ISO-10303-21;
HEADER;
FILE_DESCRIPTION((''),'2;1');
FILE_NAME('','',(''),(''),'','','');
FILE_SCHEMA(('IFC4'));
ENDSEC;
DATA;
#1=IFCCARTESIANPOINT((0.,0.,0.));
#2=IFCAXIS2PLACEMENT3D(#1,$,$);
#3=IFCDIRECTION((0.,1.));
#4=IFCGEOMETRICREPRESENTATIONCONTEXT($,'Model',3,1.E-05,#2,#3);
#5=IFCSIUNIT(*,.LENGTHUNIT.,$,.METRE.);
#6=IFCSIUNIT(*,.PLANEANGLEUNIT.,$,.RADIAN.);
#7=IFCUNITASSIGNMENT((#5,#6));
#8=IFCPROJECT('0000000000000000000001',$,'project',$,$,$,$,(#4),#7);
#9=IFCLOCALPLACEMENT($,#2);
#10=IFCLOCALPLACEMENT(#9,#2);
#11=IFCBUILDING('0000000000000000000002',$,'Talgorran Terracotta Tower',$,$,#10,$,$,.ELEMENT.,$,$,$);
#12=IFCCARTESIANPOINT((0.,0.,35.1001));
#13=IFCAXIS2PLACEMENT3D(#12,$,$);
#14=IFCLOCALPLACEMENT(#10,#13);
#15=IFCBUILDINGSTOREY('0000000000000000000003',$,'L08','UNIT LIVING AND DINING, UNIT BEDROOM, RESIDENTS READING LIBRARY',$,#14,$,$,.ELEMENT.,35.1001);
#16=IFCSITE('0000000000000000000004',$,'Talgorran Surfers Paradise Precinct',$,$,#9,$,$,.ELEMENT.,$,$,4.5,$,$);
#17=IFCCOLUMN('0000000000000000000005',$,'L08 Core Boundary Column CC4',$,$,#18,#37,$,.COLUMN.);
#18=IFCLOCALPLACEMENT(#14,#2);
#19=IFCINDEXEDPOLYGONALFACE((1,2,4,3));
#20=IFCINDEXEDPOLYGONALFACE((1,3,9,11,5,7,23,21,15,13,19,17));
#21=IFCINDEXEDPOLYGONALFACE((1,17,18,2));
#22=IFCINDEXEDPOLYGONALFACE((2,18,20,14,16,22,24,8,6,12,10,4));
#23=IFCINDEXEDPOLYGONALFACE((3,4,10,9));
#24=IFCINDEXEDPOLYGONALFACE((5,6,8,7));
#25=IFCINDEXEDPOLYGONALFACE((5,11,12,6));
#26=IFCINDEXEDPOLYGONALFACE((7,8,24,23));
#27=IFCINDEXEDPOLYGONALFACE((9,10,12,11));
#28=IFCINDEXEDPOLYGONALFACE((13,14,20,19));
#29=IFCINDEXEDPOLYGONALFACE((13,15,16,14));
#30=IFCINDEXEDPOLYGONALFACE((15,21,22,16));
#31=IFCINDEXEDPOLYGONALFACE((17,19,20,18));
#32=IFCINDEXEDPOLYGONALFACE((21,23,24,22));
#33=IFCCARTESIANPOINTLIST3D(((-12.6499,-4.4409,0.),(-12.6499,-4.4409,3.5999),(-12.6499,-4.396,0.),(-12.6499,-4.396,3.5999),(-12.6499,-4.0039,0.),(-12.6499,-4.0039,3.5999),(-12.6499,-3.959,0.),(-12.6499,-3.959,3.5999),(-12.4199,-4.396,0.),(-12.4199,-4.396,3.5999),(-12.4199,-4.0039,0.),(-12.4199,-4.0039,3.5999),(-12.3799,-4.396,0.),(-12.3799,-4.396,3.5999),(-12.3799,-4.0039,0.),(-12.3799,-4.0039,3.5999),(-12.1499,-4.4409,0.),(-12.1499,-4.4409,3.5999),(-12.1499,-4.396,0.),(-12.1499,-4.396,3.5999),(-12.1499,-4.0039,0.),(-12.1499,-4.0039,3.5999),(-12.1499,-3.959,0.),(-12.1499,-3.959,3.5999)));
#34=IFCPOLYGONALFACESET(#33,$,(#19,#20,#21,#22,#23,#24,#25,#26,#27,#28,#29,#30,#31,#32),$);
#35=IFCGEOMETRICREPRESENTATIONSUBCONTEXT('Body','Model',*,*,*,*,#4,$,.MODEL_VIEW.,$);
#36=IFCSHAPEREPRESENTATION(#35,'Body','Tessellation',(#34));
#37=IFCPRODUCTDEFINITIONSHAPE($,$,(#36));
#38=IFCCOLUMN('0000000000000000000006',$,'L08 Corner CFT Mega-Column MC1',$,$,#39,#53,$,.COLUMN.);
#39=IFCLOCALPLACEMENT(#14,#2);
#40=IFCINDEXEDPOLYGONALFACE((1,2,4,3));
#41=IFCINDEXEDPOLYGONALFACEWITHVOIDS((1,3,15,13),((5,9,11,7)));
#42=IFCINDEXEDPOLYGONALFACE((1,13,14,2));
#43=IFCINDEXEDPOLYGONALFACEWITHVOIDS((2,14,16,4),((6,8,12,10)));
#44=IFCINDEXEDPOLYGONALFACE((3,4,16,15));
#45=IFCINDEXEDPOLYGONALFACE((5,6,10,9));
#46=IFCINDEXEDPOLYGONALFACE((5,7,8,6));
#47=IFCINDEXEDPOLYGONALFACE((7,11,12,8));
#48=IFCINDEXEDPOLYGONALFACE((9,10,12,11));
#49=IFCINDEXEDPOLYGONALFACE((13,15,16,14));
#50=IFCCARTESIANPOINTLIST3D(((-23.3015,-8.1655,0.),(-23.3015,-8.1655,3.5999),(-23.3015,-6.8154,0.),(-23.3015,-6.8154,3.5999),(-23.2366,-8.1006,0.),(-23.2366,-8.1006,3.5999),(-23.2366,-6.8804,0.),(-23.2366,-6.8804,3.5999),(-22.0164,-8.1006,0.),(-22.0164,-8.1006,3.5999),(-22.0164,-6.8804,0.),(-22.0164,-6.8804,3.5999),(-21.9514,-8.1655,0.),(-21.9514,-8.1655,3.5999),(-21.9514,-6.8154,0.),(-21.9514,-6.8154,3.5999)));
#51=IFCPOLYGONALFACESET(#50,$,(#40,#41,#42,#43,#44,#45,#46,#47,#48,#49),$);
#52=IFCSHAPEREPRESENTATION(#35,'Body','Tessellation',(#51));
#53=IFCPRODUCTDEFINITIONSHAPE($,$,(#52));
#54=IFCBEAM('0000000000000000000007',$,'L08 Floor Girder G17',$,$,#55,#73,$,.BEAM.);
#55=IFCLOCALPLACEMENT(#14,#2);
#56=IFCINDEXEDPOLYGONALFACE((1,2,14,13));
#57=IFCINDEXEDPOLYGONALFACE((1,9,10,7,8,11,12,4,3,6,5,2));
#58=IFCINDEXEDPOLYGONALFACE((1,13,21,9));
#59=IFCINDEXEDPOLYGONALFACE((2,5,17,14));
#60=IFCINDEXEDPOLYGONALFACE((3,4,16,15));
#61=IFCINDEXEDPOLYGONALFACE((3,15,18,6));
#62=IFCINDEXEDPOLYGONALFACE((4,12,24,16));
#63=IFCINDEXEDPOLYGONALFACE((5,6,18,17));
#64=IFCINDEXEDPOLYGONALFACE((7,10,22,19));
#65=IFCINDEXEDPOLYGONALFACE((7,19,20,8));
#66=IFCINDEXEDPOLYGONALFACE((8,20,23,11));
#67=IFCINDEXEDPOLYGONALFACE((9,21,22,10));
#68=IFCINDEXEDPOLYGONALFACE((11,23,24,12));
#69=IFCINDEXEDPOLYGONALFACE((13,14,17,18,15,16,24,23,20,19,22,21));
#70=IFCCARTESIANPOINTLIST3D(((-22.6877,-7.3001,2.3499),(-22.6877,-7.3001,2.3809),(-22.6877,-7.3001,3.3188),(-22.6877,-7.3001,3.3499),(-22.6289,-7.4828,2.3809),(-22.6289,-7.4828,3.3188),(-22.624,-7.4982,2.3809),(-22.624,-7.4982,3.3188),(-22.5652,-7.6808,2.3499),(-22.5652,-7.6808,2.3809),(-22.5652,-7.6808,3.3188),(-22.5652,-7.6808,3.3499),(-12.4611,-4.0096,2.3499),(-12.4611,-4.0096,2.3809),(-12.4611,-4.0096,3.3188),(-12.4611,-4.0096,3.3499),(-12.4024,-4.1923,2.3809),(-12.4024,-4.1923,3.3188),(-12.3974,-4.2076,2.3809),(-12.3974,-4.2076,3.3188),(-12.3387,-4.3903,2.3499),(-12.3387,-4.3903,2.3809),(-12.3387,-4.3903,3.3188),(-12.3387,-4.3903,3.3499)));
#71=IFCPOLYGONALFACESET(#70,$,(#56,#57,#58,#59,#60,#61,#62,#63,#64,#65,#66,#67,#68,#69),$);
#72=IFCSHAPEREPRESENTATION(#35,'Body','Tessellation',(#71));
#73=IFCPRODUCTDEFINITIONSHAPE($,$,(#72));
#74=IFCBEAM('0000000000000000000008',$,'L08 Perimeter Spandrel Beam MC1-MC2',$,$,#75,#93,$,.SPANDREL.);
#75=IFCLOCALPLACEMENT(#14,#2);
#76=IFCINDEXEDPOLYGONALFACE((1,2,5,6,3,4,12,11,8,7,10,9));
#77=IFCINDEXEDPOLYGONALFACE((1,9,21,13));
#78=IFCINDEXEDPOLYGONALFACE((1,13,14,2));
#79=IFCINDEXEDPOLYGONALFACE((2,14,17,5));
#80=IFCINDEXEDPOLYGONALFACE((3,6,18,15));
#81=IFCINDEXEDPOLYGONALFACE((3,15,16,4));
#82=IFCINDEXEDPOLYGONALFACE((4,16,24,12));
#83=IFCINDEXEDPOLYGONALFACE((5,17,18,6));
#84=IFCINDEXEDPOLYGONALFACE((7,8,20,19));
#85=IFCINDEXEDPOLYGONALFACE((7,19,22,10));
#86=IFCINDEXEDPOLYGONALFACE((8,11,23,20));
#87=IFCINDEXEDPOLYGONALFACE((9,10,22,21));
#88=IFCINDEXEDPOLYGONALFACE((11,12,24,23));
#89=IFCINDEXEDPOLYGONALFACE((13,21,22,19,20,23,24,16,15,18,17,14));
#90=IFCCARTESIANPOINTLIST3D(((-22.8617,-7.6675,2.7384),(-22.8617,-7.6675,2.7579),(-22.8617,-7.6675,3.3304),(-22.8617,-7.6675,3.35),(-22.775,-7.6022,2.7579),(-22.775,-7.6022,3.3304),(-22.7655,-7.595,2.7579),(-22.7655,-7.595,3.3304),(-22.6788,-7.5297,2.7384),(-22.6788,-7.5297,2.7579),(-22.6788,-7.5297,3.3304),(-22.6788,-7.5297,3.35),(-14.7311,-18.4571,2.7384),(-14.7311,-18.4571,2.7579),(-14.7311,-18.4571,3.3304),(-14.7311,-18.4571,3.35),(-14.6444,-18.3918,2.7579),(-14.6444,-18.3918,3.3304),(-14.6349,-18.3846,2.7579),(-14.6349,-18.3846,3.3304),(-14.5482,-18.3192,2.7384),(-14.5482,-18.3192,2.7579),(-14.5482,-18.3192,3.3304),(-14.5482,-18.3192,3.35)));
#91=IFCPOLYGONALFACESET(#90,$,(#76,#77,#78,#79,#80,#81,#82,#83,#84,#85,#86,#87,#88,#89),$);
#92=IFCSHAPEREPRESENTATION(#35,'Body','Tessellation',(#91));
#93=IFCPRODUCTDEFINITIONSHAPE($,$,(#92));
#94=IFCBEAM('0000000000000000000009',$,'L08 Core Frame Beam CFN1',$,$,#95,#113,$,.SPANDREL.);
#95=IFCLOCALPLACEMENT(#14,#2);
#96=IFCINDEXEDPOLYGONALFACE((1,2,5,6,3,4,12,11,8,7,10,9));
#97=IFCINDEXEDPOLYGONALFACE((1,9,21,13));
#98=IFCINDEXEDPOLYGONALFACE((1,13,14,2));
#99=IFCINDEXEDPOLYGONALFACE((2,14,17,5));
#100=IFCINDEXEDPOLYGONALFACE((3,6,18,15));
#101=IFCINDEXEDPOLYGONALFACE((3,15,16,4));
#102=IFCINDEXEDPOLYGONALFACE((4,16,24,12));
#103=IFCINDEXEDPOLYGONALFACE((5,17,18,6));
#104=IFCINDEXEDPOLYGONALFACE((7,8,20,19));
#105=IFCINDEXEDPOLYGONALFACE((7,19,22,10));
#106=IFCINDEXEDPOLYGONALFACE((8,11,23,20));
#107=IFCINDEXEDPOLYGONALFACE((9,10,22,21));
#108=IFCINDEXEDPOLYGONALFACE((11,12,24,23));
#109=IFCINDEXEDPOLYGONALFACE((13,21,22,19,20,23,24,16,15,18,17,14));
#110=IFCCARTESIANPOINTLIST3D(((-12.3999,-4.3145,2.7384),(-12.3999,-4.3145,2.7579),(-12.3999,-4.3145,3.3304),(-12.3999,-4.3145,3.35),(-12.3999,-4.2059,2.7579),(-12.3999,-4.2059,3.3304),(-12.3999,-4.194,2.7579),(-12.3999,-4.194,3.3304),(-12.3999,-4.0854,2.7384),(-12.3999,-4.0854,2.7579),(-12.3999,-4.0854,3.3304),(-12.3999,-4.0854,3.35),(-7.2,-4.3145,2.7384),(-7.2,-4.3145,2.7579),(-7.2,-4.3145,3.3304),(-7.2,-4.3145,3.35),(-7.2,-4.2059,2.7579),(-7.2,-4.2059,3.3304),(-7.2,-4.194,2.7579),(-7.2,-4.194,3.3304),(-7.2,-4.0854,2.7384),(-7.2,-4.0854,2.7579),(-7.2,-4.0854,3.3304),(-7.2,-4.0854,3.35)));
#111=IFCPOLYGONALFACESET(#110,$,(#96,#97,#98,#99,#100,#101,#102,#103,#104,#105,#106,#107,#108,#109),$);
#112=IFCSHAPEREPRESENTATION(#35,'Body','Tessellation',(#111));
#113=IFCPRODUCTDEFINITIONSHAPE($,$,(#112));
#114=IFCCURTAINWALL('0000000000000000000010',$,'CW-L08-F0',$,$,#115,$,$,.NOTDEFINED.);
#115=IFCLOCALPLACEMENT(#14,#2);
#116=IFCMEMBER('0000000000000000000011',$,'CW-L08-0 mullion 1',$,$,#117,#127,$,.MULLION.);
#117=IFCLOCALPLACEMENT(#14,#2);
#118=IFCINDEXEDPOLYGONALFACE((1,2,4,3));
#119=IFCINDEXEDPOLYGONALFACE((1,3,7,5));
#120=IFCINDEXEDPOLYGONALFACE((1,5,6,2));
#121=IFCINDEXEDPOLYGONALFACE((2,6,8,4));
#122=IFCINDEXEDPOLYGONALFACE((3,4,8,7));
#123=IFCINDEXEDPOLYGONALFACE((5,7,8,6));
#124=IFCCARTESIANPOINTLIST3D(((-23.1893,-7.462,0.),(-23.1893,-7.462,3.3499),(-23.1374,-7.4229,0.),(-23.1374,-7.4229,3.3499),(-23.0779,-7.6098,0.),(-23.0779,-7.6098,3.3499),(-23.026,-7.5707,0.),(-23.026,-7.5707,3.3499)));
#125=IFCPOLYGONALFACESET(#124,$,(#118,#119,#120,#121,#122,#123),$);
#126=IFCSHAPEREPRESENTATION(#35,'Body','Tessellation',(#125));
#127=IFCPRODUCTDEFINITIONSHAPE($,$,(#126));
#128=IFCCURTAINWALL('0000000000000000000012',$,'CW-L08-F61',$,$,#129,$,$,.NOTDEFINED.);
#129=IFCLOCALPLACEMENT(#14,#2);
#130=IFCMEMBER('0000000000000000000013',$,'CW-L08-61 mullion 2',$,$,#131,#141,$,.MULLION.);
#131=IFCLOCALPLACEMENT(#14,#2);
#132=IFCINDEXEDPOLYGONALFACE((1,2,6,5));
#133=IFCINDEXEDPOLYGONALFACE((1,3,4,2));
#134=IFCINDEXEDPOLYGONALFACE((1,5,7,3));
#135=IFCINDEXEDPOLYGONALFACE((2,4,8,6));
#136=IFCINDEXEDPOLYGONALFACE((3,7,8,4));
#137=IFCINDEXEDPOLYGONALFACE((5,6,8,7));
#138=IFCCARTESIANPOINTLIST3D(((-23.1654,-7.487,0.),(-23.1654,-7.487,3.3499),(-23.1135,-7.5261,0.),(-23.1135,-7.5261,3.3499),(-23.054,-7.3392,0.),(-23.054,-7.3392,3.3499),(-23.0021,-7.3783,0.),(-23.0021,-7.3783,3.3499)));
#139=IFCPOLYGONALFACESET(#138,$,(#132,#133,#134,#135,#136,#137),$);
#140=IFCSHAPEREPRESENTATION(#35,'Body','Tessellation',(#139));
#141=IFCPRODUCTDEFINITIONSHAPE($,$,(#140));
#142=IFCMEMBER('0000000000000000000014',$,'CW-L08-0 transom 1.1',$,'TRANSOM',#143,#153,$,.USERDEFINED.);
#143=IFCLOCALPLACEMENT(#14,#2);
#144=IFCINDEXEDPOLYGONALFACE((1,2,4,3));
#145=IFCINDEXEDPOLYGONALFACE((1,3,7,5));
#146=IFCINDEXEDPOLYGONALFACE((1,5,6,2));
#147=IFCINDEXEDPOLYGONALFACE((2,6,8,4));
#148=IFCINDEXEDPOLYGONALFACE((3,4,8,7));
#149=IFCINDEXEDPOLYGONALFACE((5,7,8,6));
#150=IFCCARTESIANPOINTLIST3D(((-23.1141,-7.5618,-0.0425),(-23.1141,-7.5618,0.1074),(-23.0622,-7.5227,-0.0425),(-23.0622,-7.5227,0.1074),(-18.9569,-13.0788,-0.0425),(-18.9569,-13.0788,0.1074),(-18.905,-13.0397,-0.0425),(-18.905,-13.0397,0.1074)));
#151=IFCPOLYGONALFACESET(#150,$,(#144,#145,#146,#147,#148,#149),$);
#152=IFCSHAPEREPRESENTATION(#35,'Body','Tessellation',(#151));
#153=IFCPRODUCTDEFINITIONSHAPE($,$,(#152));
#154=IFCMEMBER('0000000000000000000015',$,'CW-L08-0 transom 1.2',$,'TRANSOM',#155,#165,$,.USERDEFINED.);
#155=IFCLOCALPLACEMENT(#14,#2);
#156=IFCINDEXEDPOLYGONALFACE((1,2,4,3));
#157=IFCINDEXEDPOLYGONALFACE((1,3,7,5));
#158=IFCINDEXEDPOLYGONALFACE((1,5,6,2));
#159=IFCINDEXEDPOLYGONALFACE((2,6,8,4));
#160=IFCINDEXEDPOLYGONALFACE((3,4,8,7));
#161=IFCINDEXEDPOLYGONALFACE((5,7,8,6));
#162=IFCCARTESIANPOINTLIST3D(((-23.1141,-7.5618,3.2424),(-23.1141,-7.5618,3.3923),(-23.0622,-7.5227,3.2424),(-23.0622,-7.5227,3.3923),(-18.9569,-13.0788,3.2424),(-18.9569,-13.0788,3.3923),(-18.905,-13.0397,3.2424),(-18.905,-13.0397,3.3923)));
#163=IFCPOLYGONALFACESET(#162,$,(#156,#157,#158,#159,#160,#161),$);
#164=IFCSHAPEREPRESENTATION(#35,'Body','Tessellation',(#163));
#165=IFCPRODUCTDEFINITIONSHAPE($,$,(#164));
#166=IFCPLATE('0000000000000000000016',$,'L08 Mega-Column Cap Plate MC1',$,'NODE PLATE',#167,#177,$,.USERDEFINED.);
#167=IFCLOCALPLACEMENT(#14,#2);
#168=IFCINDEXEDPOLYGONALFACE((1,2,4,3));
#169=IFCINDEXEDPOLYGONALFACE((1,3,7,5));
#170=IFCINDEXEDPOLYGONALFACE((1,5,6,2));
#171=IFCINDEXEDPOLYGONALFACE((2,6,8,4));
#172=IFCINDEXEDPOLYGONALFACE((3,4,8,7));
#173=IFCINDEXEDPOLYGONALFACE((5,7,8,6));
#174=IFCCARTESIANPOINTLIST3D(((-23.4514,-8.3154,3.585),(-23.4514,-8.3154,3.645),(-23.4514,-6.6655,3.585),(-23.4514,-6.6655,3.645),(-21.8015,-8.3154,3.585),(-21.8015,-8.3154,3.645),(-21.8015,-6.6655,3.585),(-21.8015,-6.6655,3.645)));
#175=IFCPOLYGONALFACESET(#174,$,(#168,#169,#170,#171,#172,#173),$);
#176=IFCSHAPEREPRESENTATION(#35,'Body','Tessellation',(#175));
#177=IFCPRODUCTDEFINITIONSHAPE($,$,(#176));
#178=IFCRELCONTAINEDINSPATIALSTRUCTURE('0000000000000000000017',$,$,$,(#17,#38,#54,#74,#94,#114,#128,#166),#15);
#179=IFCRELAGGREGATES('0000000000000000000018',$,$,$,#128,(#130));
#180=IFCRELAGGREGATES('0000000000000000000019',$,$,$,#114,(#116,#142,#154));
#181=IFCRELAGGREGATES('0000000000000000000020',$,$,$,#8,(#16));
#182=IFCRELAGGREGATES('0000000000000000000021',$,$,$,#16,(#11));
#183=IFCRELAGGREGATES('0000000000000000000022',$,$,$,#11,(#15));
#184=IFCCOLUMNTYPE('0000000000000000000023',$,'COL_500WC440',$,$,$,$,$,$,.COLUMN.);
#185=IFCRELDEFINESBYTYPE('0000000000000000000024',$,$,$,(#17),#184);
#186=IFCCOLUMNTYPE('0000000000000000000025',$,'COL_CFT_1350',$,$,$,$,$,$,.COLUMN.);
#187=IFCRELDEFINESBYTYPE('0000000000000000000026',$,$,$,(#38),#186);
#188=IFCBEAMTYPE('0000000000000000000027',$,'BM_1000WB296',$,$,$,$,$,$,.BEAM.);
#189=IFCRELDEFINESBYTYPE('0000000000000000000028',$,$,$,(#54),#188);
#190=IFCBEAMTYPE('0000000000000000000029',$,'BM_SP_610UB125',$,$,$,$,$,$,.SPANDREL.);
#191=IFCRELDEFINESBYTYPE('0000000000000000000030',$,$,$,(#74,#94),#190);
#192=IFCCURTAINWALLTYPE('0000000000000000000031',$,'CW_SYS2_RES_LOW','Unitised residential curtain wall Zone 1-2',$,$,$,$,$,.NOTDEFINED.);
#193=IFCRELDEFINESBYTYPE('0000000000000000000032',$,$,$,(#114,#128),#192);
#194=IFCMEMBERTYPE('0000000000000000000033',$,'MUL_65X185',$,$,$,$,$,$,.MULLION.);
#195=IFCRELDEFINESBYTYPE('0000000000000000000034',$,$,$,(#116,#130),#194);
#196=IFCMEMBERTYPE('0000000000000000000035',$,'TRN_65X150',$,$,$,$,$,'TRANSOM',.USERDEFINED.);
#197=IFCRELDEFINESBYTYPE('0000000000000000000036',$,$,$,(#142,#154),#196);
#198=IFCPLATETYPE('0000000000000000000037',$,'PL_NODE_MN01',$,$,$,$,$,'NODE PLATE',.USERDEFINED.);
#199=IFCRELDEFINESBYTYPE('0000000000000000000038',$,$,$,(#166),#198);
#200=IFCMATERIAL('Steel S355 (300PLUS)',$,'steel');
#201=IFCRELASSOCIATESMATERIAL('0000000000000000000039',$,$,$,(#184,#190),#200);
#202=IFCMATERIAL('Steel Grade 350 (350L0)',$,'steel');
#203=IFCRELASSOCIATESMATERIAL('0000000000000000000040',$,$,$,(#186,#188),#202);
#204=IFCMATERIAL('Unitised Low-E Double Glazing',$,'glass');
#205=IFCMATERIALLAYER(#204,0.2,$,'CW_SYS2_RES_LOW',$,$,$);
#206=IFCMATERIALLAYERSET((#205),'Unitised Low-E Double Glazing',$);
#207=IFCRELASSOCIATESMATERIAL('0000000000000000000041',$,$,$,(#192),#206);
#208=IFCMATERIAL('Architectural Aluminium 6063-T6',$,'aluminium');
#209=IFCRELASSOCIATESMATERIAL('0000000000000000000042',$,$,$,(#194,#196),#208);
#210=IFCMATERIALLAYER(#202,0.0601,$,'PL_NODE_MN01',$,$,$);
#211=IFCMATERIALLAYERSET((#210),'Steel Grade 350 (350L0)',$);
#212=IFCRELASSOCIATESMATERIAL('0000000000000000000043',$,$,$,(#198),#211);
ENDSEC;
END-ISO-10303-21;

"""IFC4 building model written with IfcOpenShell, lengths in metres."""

from ifc_helpers import new_model, si_unit, direction, frame, origin, origin_2d, place, context, subcontext, project, spatial, rectangle, hollow_rectangle, i_section, extrude, material, layer, layer_set, material_profile, profile_set, type_object, element, aggregate, save


model = new_model("IFC4")

# Units and contexts
model_context = context("Model", 3, precision=1e-05, world=origin(), true_north=direction((0.0, 1.0)))
body_context = subcontext(model_context, "Body", "Model", "MODEL_VIEW")
ifc_project = project(units=[si_unit("LENGTHUNIT", "METRE"), si_unit("PLANEANGLEUNIT", "RADIAN")], contexts=[model_context])

# Site, building, storey
site_placement = place(None, origin())
site = spatial("IfcSite", under=ifc_project, at=site_placement, Name="Talgorran Surfers Paradise Precinct", CompositionType="ELEMENT", RefElevation=4.5)
building_placement = place(site_placement, origin())
building = spatial("IfcBuilding", under=site, at=building_placement, Name="Talgorran Terracotta Tower", CompositionType="ELEMENT")
storey_placement = place(building_placement, frame((0.0, 0.0, 35.1001)))
storey = spatial("IfcBuildingStorey", under=building, at=storey_placement, Name="L08", Description="UNIT LIVING AND DINING, UNIT BEDROOM, RESIDENTS READING LIBRARY", CompositionType="ELEMENT", Elevation=35.1001)

# Columns
ifc_material_1 = material(Name="Steel S355 (300PLUS)", Category="steel")
ifc_material_profile_1 = material_profile(ifc_material_1, i_section(OverallWidth=0.5, OverallDepth=0.4819, WebThickness=0.04, FlangeThickness=0.0449, at=origin_2d()), Name="500WC440")
ifc_profile_set_1 = profile_set([ifc_material_profile_1], Name="Steel S355 (300PLUS)")
column_type_1 = type_object("IfcColumnType", Name="COL_500WC440", PredefinedType="COLUMN", material=ifc_profile_set_1)
column_1_placement = place(storey_placement, frame((-12.3999, -4.2, 0.0), z_axis=(0.0, 0.0, 1.0), x_axis=(1.0, 0.0, 0.0)))
element("IfcColumn", 1, at=column_1_placement, inside=storey, type_object=column_type_1, Name="L08 Core Boundary Column CC4", PredefinedType="COLUMN", context=body_context, shape_type="SweptSolid", body=[
    extrude(i_section(OverallWidth=0.5, OverallDepth=0.4819, WebThickness=0.04, FlangeThickness=0.0449, at=origin_2d()), origin(), (0.0, 0.0, 1.0), 3.5999),
])
ifc_material_2 = material(Name="Steel Grade 350 (350L0)", Category="steel")
ifc_material_profile_2 = material_profile(ifc_material_2, hollow_rectangle(XDim=1.3501, YDim=1.3501, WallThickness=0.0649, at=origin_2d()), Name="CFT1350X1350X65")
ifc_profile_set_2 = profile_set([ifc_material_profile_2], Name="Steel Grade 350 (350L0)")
column_type_2 = type_object("IfcColumnType", Name="COL_CFT_1350", PredefinedType="COLUMN", material=ifc_profile_set_2)
column_2_placement = place(storey_placement, frame((-22.6265, -7.4905, 0.0), z_axis=(0.0, 0.0, 1.0), x_axis=(1.0, 0.0, 0.0)))
element("IfcColumn", 2, at=column_2_placement, inside=storey, type_object=column_type_2, Name="L08 Corner CFT Mega-Column MC1", PredefinedType="COLUMN", context=body_context, shape_type="SweptSolid", body=[
    extrude(hollow_rectangle(XDim=1.3501, YDim=1.3501, WallThickness=0.0649, at=origin_2d()), origin(), (0.0, 0.0, 1.0), 3.5999),
])

# Beams
ifc_material_profile_3 = material_profile(ifc_material_2, i_section(OverallWidth=0.3999, OverallDepth=1.0, WebThickness=0.0161, FlangeThickness=0.031, at=origin_2d()), Name="1000WB296")
ifc_profile_set_3 = profile_set([ifc_material_profile_3], Name="Steel Grade 350 (350L0)")
beam_type_1 = type_object("IfcBeamType", Name="BM_1000WB296", PredefinedType="BEAM", material=ifc_profile_set_3)
beam_1_placement = place(storey_placement, frame((-12.3999, -4.2, 2.8499), z_axis=(-0.951936, -0.306298, 0.0), x_axis=(0.306298, -0.951936, 0.0)))
element("IfcBeam", 3, at=beam_1_placement, inside=storey, type_object=beam_type_1, Name="L08 Floor Girder G17", PredefinedType="BEAM", context=body_context, shape_type="SweptSolid", body=[
    extrude(i_section(OverallWidth=0.3999, OverallDepth=1.0, WebThickness=0.0161, FlangeThickness=0.031, at=origin_2d()), origin(), (0.0, 0.0, 1.0), 10.7429),
])
ifc_material_profile_4 = material_profile(ifc_material_1, i_section(OverallWidth=0.229, OverallDepth=0.6116, WebThickness=0.012, FlangeThickness=0.0195, at=origin_2d()), Name="610UB125")
ifc_profile_set_4 = profile_set([ifc_material_profile_4], Name="Steel S355 (300PLUS)")
beam_type_2 = type_object("IfcBeamType", Name="BM_SP_610UB125", PredefinedType="SPANDREL", material=ifc_profile_set_4)
beam_2_placement = place(storey_placement, frame((-22.7703, -7.5986, 3.0442), z_axis=(0.60182, -0.798632, 0.0), x_axis=(0.798632, 0.60182, 0.0)))
element("IfcBeam", 4, at=beam_2_placement, inside=storey, type_object=beam_type_2, Name="L08 Perimeter Spandrel Beam MC1-MC2", PredefinedType="SPANDREL", context=body_context, shape_type="SweptSolid", body=[
    extrude(i_section(OverallWidth=0.229, OverallDepth=0.6116, WebThickness=0.012, FlangeThickness=0.0195, at=origin_2d()), origin(), (0.0, 0.0, 1.0), 13.51),
])
beam_3_placement = place(storey_placement, frame((-12.3999, -4.2, 3.0442), z_axis=(1.0, 0.0, 0.0), x_axis=(0.0, 1.0, 0.0)))
element("IfcBeam", 5, at=beam_3_placement, inside=storey, type_object=beam_type_2, Name="L08 Core Frame Beam CFN1", PredefinedType="SPANDREL", context=body_context, shape_type="SweptSolid", body=[
    extrude(i_section(OverallWidth=0.229, OverallDepth=0.6116, WebThickness=0.012, FlangeThickness=0.0195, at=origin_2d()), origin(), (0.0, 0.0, 1.0), 5.2),
])

# Curtain walls, members
ifc_material_3 = material(Name="Unitised Low-E Double Glazing", Category="glass")
ifc_layer_1 = layer(ifc_material_3, 0.2, Name="CW_SYS2_RES_LOW")
ifc_layer_set_1 = layer_set([ifc_layer_1], Name="Unitised Low-E Double Glazing")
curtain_wall_type = type_object("IfcCurtainWallType", Name="CW_SYS2_RES_LOW", Description="Unitised residential curtain wall Zone 1-2", PredefinedType="NOTDEFINED", material=ifc_layer_set_1)
curtain_wall_1_placement = place(storey_placement, origin())
curtain_wall_1 = element("IfcCurtainWall", 6, at=curtain_wall_1_placement, inside=storey, type_object=curtain_wall_type, Name="CW-L08-F0", PredefinedType="NOTDEFINED")
ifc_material_4 = material(Name="Architectural Aluminium 6063-T6", Category="aluminium")
ifc_material_profile_5 = material_profile(ifc_material_4, rectangle(XDim=0.0649, YDim=0.1851, at=origin_2d()), Name="CWM65X185")
ifc_profile_set_5 = profile_set([ifc_material_profile_5], Name="Architectural Aluminium 6063-T6")
member_type_1 = type_object("IfcMemberType", Name="MUL_65X185", PredefinedType="MULLION", material=ifc_profile_set_5)
member_1_placement = place(storey_placement, frame((-23.1077, -7.5164, 0.0), z_axis=(0.0, 0.0, 1.0), x_axis=(0.798638, 0.601812, 0.0)))
member_1 = element("IfcMember", 7, at=member_1_placement, type_object=member_type_1, Name="CW-L08-0 mullion 1", PredefinedType="MULLION", context=body_context, shape_type="SweptSolid", body=[
    extrude(rectangle(XDim=0.0649, YDim=0.1851, at=origin_2d()), origin(), (0.0, 0.0, 1.0), 3.3499),
])
curtain_wall_2_placement = place(storey_placement, origin())
curtain_wall_2 = element("IfcCurtainWall", 8, at=curtain_wall_2_placement, inside=storey, type_object=curtain_wall_type, Name="CW-L08-F61", PredefinedType="NOTDEFINED")
member_2_placement = place(storey_placement, frame((-23.0837, -7.4326, 0.0), z_axis=(0.0, 0.0, 1.0), x_axis=(0.798639, -0.60181, 0.0)))
member_2 = element("IfcMember", 9, at=member_2_placement, type_object=member_type_1, Name="CW-L08-61 mullion 2", PredefinedType="MULLION", context=body_context, shape_type="SweptSolid", body=[
    extrude(rectangle(XDim=0.0649, YDim=0.1851, at=origin_2d()), origin(), (0.0, 0.0, 1.0), 3.3499),
])
aggregate(curtain_wall_2, [member_2])

# Members
ifc_material_profile_6 = material_profile(ifc_material_4, rectangle(XDim=0.0649, YDim=0.1499, at=origin_2d()), Name="CWT65X150")
ifc_profile_set_6 = profile_set([ifc_material_profile_6], Name="Architectural Aluminium 6063-T6")
member_type_2 = type_object("IfcMemberType", Name="TRN_65X150", ElementType="TRANSOM", PredefinedType="USERDEFINED", material=ifc_profile_set_6)
member_3_placement = place(storey_placement, frame((-23.0881, -7.5422, 0.0325), z_axis=(0.601797, -0.798649, 0.0), x_axis=(0.798649, 0.601797, 0.0)))
member_3 = element("IfcMember", 10, at=member_3_placement, type_object=member_type_2, Name="CW-L08-0 transom 1.1", ObjectType="TRANSOM", PredefinedType="USERDEFINED", context=body_context, shape_type="SweptSolid", body=[
    extrude(rectangle(XDim=0.0649, YDim=0.1499, at=origin_2d()), origin(), (0.0, 0.0, 1.0), 6.908),
])
member_4_placement = place(storey_placement, frame((-23.0881, -7.5422, 3.3174), z_axis=(0.601797, -0.798649, 0.0), x_axis=(0.798649, 0.601797, 0.0)))
member_4 = element("IfcMember", 11, at=member_4_placement, type_object=member_type_2, Name="CW-L08-0 transom 1.2", ObjectType="TRANSOM", PredefinedType="USERDEFINED", context=body_context, shape_type="SweptSolid", body=[
    extrude(rectangle(XDim=0.0649, YDim=0.1499, at=origin_2d()), origin(), (0.0, 0.0, 1.0), 6.908),
])

# Plate
ifc_layer_2 = layer(ifc_material_2, 0.0601, Name="PL_NODE_MN01")
ifc_layer_set_2 = layer_set([ifc_layer_2], Name="Steel Grade 350 (350L0)")
plate_type_1 = type_object("IfcPlateType", Name="PL_NODE_MN01", ElementType="NODE PLATE", PredefinedType="USERDEFINED", material=ifc_layer_set_2)
plate_1_placement = place(storey_placement, frame((-22.6265, -7.4905, 3.585), z_axis=(0.0, 0.0, 1.0), x_axis=(1.0, 0.0, 0.0)))
element("IfcPlate", 12, at=plate_1_placement, inside=storey, type_object=plate_type_1, Name="L08 Mega-Column Cap Plate MC1", ObjectType="NODE PLATE", PredefinedType="USERDEFINED", context=body_context, shape_type="SweptSolid", body=[
    extrude(rectangle(XDim=1.6499, YDim=1.6499, at=origin_2d()), origin(), (0.0, 0.0, 1.0), 0.0601),
])
aggregate(curtain_wall_1, [member_1, member_3, member_4])

save(model, "model.ifc")
